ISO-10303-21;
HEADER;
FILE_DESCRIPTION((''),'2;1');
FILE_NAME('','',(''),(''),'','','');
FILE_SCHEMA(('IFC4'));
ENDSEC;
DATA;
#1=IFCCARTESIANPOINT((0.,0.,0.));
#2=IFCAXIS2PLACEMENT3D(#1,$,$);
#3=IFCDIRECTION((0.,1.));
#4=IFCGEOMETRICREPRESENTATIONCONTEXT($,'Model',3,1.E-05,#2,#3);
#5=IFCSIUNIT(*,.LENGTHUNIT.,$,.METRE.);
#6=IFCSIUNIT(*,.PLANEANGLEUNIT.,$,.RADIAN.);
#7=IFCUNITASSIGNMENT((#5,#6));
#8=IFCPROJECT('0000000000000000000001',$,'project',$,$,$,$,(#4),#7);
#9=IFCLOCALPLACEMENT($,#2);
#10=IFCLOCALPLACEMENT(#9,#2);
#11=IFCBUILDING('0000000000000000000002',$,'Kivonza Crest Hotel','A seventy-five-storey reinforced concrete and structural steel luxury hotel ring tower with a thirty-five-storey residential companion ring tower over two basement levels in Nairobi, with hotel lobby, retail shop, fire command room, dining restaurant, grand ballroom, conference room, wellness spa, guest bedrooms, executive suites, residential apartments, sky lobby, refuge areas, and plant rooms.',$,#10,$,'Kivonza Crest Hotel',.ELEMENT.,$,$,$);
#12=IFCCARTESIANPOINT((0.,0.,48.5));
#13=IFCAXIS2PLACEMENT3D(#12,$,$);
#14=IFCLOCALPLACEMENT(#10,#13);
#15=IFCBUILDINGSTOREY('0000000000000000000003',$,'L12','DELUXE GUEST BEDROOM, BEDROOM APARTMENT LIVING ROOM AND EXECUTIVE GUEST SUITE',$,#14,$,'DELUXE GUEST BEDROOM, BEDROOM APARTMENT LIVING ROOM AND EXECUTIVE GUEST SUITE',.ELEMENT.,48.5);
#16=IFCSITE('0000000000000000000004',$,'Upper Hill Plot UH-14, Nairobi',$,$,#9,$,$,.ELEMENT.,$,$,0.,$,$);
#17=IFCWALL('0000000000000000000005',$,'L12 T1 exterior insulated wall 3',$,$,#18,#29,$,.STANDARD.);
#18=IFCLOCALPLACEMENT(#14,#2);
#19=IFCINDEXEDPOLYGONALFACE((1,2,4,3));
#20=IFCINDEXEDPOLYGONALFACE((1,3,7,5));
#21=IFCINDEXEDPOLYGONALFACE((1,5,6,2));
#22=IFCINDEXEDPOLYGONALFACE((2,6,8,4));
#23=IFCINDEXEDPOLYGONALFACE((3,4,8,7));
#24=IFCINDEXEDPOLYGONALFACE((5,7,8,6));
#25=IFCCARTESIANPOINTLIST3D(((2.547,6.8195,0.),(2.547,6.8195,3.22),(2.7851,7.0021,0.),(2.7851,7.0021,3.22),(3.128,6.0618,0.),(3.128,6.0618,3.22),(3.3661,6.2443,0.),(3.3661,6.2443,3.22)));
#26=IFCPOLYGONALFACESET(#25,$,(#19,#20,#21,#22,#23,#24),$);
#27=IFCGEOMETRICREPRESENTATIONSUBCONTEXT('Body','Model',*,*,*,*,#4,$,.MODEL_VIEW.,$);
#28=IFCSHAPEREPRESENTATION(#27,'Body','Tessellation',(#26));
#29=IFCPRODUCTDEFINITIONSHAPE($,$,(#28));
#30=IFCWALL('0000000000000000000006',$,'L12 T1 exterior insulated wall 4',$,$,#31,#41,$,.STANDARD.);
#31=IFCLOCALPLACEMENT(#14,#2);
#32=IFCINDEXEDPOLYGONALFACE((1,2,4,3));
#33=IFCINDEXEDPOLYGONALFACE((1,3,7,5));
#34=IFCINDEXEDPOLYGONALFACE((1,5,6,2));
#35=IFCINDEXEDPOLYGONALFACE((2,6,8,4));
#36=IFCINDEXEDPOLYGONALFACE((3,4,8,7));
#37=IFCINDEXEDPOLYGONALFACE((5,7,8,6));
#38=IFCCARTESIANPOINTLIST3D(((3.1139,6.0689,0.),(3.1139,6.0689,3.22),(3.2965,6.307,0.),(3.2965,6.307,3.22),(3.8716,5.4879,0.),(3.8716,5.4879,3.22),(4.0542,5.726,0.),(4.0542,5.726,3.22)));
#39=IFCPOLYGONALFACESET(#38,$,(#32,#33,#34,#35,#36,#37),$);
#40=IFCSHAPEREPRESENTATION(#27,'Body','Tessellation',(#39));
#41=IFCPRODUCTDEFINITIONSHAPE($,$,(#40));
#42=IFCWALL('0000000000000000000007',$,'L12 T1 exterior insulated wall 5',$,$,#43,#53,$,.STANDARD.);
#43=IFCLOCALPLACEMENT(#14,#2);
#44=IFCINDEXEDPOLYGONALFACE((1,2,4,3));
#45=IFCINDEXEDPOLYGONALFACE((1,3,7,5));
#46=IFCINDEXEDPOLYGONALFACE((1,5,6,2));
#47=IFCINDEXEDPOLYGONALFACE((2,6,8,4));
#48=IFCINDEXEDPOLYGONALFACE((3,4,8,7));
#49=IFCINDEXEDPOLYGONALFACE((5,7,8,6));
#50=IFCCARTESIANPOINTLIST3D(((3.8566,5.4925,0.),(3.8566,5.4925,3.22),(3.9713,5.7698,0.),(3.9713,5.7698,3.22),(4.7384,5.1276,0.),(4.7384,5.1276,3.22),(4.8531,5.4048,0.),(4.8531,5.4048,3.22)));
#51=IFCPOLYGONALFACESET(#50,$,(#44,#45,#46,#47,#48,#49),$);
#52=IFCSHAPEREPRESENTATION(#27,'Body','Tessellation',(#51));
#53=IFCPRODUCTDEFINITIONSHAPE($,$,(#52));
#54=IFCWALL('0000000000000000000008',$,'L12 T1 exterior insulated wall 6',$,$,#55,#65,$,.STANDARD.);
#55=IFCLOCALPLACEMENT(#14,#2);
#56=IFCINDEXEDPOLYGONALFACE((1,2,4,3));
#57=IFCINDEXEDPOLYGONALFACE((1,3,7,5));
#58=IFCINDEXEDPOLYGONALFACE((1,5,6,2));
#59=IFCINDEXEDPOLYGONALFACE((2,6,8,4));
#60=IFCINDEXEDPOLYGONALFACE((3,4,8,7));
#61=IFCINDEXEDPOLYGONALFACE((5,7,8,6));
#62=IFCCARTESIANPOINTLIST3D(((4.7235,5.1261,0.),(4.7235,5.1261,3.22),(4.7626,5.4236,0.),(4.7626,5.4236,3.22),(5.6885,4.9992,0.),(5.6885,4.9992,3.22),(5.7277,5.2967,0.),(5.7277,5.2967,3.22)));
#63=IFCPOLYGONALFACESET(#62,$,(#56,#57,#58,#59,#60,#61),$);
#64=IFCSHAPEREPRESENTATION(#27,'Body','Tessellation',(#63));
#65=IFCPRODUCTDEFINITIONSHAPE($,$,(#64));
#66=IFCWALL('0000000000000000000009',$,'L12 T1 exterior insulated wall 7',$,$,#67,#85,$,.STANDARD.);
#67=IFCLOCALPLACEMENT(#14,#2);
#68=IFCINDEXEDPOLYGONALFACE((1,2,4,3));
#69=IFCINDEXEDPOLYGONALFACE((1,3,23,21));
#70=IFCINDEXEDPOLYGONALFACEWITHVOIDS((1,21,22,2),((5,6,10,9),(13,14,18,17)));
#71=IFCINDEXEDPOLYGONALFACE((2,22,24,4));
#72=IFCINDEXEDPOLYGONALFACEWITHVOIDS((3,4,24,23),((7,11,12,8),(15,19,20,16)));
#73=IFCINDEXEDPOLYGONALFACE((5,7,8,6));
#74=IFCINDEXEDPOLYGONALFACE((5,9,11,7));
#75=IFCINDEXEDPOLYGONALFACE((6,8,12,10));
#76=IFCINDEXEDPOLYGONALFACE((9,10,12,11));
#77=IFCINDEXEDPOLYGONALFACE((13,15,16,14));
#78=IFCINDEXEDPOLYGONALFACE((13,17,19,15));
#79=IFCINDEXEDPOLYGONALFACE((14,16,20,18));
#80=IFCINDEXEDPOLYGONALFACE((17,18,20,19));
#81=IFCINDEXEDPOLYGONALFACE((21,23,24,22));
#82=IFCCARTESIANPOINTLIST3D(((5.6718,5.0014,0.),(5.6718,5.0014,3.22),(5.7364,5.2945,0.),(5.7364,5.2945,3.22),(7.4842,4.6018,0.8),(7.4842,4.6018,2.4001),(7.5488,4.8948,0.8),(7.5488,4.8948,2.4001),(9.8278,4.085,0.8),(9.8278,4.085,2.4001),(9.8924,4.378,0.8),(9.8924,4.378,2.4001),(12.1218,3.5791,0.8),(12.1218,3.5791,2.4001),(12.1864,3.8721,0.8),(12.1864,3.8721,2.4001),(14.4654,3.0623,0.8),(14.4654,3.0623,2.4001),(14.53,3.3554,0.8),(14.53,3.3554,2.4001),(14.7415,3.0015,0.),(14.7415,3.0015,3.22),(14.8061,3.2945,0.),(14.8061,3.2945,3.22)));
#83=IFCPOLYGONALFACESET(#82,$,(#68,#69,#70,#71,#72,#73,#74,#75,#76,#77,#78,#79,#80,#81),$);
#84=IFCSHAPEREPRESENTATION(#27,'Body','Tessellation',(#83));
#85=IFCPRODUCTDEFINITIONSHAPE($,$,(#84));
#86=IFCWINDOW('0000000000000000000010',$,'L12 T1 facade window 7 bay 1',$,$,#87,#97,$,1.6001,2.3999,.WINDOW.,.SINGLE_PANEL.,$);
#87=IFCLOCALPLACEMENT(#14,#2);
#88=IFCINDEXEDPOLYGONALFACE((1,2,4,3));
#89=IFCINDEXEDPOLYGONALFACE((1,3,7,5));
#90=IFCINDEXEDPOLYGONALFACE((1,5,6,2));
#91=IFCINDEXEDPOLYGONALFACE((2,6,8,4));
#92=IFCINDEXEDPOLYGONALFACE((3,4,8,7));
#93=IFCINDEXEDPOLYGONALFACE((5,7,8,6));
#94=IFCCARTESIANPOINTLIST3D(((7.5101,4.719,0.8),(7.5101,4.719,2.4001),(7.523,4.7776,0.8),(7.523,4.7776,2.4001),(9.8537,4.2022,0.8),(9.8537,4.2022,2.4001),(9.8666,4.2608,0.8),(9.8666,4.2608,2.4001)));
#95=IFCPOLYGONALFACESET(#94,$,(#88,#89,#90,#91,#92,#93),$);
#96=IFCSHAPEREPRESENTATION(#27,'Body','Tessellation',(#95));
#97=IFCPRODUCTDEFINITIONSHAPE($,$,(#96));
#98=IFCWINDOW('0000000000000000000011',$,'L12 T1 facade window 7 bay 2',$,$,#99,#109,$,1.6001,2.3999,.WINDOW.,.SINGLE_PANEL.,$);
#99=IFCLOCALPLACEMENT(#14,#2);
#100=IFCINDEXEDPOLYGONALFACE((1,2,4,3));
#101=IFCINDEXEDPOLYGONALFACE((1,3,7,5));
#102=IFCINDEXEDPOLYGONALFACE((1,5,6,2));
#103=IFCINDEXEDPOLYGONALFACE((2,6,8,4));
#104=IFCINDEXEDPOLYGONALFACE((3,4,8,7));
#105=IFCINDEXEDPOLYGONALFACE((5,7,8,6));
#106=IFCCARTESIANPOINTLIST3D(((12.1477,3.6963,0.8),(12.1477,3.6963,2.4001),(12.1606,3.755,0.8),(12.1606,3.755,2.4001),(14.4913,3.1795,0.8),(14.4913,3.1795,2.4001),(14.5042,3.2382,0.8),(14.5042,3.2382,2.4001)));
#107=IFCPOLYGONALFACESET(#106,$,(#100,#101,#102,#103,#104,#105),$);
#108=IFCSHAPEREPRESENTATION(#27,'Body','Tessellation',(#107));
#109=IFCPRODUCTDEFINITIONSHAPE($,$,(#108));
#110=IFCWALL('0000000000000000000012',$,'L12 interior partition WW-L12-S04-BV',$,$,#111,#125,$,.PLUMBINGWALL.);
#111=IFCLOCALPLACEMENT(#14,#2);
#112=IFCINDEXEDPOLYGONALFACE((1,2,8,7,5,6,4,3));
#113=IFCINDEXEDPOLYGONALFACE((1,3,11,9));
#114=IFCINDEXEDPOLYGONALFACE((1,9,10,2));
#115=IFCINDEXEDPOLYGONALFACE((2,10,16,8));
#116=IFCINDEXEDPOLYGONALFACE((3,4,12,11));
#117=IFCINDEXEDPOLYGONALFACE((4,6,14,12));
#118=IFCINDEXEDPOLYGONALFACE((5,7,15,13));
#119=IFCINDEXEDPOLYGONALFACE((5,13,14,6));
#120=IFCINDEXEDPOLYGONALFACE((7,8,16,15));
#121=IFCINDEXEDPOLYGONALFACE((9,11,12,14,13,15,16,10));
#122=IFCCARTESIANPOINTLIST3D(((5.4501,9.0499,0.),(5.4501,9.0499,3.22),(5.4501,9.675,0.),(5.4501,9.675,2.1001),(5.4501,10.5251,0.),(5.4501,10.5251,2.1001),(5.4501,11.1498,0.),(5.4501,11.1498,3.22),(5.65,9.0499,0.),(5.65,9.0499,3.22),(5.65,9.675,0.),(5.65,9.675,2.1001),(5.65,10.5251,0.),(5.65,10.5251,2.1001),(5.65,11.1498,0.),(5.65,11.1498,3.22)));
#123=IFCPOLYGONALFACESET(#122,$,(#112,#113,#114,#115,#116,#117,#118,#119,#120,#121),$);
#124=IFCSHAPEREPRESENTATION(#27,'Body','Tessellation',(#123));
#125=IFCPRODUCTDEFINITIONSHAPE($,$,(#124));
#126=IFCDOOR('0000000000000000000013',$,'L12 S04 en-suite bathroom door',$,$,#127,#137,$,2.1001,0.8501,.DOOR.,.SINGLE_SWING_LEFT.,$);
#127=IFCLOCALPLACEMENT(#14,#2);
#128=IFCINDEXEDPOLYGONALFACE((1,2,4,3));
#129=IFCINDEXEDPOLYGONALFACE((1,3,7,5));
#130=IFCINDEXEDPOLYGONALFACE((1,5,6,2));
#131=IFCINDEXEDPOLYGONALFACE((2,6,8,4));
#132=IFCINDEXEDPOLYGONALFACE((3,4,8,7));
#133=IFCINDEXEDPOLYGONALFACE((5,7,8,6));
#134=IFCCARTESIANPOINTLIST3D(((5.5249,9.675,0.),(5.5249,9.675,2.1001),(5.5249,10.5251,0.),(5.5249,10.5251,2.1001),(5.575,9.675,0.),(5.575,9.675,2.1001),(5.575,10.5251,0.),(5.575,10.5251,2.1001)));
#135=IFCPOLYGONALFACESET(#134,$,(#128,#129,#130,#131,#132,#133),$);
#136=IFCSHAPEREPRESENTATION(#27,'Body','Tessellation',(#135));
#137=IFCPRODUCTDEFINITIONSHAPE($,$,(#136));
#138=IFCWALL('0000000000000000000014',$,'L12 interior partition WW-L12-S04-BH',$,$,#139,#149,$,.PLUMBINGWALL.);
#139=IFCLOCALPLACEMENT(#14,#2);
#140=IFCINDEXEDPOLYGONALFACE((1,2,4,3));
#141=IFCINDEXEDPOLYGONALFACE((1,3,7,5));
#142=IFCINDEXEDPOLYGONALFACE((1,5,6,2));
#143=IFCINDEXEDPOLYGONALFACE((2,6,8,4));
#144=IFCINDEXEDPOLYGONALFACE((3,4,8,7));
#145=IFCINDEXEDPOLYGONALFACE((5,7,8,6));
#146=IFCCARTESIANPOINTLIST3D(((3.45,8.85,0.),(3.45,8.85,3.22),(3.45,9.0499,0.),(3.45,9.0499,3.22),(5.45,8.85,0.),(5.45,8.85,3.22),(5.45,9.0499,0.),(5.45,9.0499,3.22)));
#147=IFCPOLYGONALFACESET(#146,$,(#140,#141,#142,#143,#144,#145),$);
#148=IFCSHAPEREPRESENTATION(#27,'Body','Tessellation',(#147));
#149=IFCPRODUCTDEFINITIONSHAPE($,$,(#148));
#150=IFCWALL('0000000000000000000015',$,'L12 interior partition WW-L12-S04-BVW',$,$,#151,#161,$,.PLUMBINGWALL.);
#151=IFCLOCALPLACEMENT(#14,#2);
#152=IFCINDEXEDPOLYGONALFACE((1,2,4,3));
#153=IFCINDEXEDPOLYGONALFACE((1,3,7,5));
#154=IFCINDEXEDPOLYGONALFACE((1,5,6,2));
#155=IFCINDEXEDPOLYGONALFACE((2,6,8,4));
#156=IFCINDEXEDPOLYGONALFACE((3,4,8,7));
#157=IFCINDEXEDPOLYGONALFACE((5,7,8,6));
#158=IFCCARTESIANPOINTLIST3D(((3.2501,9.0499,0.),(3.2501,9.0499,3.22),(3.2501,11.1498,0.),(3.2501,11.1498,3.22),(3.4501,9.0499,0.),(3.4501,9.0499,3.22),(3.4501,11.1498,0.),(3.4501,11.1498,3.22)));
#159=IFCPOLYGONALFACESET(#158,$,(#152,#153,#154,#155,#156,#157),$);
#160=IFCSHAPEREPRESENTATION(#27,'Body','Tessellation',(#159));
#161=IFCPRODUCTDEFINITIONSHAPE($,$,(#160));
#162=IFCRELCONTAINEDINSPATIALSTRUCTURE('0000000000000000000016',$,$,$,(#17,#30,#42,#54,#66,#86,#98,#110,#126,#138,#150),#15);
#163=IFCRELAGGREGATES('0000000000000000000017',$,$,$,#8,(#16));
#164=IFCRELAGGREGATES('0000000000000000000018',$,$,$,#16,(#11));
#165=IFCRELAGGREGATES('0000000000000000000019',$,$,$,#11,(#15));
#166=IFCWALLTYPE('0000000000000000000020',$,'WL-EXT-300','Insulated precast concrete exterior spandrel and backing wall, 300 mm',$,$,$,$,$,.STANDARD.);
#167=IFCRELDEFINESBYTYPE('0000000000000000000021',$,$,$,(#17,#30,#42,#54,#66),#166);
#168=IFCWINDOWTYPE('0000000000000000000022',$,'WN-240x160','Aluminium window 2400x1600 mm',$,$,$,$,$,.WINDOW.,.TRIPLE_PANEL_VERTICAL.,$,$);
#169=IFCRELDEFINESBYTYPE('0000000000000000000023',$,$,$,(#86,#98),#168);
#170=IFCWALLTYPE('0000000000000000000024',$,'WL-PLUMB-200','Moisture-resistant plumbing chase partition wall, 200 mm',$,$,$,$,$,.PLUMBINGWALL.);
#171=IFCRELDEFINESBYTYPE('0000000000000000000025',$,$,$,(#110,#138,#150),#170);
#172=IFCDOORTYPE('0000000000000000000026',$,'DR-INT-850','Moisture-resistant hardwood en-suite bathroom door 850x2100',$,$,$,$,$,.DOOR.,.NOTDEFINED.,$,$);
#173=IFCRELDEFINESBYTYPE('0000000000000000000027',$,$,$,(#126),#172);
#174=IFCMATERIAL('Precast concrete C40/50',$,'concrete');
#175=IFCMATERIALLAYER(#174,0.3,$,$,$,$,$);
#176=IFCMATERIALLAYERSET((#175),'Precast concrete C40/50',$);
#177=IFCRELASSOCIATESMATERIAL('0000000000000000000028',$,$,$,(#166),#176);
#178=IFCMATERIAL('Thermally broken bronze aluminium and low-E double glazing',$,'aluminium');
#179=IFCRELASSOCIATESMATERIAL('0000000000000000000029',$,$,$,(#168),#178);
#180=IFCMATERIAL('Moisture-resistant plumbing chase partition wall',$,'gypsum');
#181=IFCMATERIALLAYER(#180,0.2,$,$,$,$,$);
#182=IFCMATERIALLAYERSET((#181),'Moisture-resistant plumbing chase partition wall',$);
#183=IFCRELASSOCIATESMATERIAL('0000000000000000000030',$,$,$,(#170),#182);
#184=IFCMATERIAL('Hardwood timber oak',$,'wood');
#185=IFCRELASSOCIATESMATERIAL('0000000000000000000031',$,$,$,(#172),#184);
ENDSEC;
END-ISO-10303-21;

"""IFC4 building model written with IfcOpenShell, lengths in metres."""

from ifc_helpers import new_model, si_unit, direction, frame, frame_2d, origin, place, context, subcontext, project, spatial, rectangle, extrude, material, layer, layer_set, type_object, element, fill, save


model = new_model("IFC4")

# Units and contexts
model_context = context("Model", 3, precision=1e-05, world=origin(), true_north=direction((0.0, 1.0)))
body_context = subcontext(model_context, "Body", "Model", "MODEL_VIEW")
ifc_project = project(units=[si_unit("LENGTHUNIT", "METRE"), si_unit("PLANEANGLEUNIT", "RADIAN")], contexts=[model_context])

# Site, building, storey
site_placement = place(None, origin())
site = spatial("IfcSite", under=ifc_project, at=site_placement, Name="Upper Hill Plot UH-14, Nairobi", CompositionType="ELEMENT", RefElevation=0.0)
building_placement = place(site_placement, origin())
building = spatial("IfcBuilding", under=site, at=building_placement, Name="Kivonza Crest Hotel", Description="A seventy-five-storey reinforced concrete and structural steel luxury hotel ring tower with a thirty-five-storey residential companion ring tower over two basement levels in Nairobi, with hotel lobby, retail shop, fire command room, dining restaurant, grand ballroom, conference room, wellness spa, guest bedrooms, executive suites, residential apartments, sky lobby, refuge areas, and plant rooms.", LongName="Kivonza Crest Hotel", CompositionType="ELEMENT")
storey_placement = place(building_placement, frame((0.0, 0.0, 48.5)))
storey = spatial("IfcBuildingStorey", under=building, at=storey_placement, Name="L12", Description="DELUXE GUEST BEDROOM, BEDROOM APARTMENT LIVING ROOM AND EXECUTIVE GUEST SUITE", LongName="DELUXE GUEST BEDROOM, BEDROOM APARTMENT LIVING ROOM AND EXECUTIVE GUEST SUITE", CompositionType="ELEMENT", Elevation=48.5)

# Shared definitions
ifc_material_1 = material(Name="Hardwood timber oak", Category="wood")

# Walls
ifc_material_2 = material(Name="Precast concrete C40/50", Category="concrete")
ifc_layer_1 = layer(ifc_material_2, 0.3)
ifc_layer_set_1 = layer_set([ifc_layer_1], Name="Precast concrete C40/50")
wall_type_1 = type_object("IfcWallType", Name="WL-EXT-300", Description="Insulated precast concrete exterior spandrel and backing wall, 300 mm", PredefinedType="STANDARD", material=ifc_layer_set_1)
for number, where, z_axis, x_axis, name in (
    (1, (2.666, 6.9109, 0.0), (0.0, 0.0, 1.0), (0.608474, -0.793573, 0.0), "L12 T1 exterior insulated wall 3"),
    (2, (3.2051, 6.188, 0.0), (0.0, 0.0, 1.0), (0.793573, -0.608474, 0.0), "L12 T1 exterior insulated wall 4"),
):
    element("IfcWall", number, at=place(storey_placement, frame(where, z_axis=z_axis, x_axis=x_axis)), inside=storey, type_object=wall_type_1, Name=name, PredefinedType="STANDARD", context=body_context, shape_type="SweptSolid", body=[
        extrude(rectangle(XDim=0.9548, YDim=0.3, at=frame_2d((0.4775, 0.0))), origin(), (0.0, 0.0, 1.0), 3.22),
    ])
wall_1_placement = place(storey_placement, frame((3.9141, 5.6311, 0.0), z_axis=(0.0, 0.0, 1.0), x_axis=(0.923983, -0.382435, 0.0)))
element("IfcWall", 3, at=wall_1_placement, inside=storey, type_object=wall_type_1, Name="L12 T1 exterior insulated wall 5", PredefinedType="STANDARD", context=body_context, shape_type="SweptSolid", body=[
    extrude(rectangle(XDim=0.9543, YDim=0.3, at=frame_2d((0.4771, 0.0))), origin(), (0.0, 0.0, 1.0), 3.22),
])
wall_2_placement = place(storey_placement, frame((4.7429, 5.2749, 0.0), z_axis=(0.0, 0.0, 1.0), x_axis=(0.991459, -0.130422, 0.0)))
element("IfcWall", 4, at=wall_2_placement, inside=storey, type_object=wall_type_1, Name="L12 T1 exterior insulated wall 6", PredefinedType="STANDARD", context=body_context, shape_type="SweptSolid", body=[
    extrude(rectangle(XDim=0.9734, YDim=0.3, at=frame_2d((0.4868, 0.0))), origin(), (0.0, 0.0, 1.0), 3.22),
])

# Wall, openings, windows
wall_3_placement = place(storey_placement, frame((5.7041, 5.1479, 0.0), z_axis=(0.0, 0.0, 1.0), x_axis=(0.97654, -0.215338, 0.0)))
wall_3 = element("IfcWall", 5, at=wall_3_placement, inside=storey, type_object=wall_type_1, Name="L12 T1 exterior insulated wall 7", PredefinedType="STANDARD", context=body_context, shape_type="SweptSolid", body=[
    extrude(rectangle(XDim=9.2876, YDim=0.3, at=frame_2d((4.6438, 0.0))), origin(), (0.0, 0.0, 1.0), 3.22),
])
opening_1_placement = place(wall_3_placement, frame((1.856, 0.0, 0.8)))
opening_1 = element("IfcOpeningElement", 6, at=opening_1_placement, cuts=wall_3, PredefinedType="OPENING", context=body_context, shape_type="SweptSolid", body=[
    extrude(rectangle(XDim=2.3999, YDim=1.6001, at=frame_2d((1.2, 0.8))), frame((0.0, 0.1602, 0.0), z_axis=(0.0, -1.0, 0.0), x_axis=(1.0, 0.0, 0.0)), (0.0, 0.0, 1.0), 0.3201),
])
opening_2_placement = place(wall_3_placement, frame((6.605, 0.0, 0.8)))
opening_2 = element("IfcOpeningElement", 7, at=opening_2_placement, cuts=wall_3, PredefinedType="OPENING", context=body_context, shape_type="SweptSolid", body=[
    extrude(rectangle(XDim=2.3999, YDim=1.6001, at=frame_2d((1.2, 0.8))), frame((0.0, 0.1602, 0.0), z_axis=(0.0, -1.0, 0.0), x_axis=(1.0, 0.0, 0.0)), (0.0, 0.0, 1.0), 0.3201),
])
ifc_material_3 = material(Name="Thermally broken bronze aluminium and low-E double glazing", Category="aluminium")
window_type = type_object("IfcWindowType", Name="WN-240x160", Description="Aluminium window 2400x1600 mm", PartitioningType="TRIPLE_PANEL_VERTICAL", PredefinedType="WINDOW", material=ifc_material_3)
window_1_placement = place(opening_1_placement, origin())
window_1 = element("IfcWindow", 8, at=window_1_placement, inside=storey, type_object=window_type, Name="L12 T1 facade window 7 bay 1", OverallHeight=1.6001, OverallWidth=2.3999, PartitioningType="SINGLE_PANEL", PredefinedType="WINDOW", context=body_context, shape_type="SweptSolid", body=[
    extrude(rectangle(XDim=2.3999, YDim=1.6001, at=frame_2d((1.2, 0.8))), frame((0.0, 0.03, 0.0), z_axis=(0.0, -1.0, 0.0), x_axis=(1.0, 0.0, 0.0)), (0.0, 0.0, 1.0), 0.0601),
])
fill(opening_1, window_1)
window_2_placement = place(opening_2_placement, origin())
window_2 = element("IfcWindow", 9, at=window_2_placement, inside=storey, type_object=window_type, Name="L12 T1 facade window 7 bay 2", OverallHeight=1.6001, OverallWidth=2.3999, PartitioningType="SINGLE_PANEL", PredefinedType="WINDOW", context=body_context, shape_type="SweptSolid", body=[
    extrude(rectangle(XDim=2.3999, YDim=1.6001, at=frame_2d((1.2, 0.8))), frame((0.0, 0.03, 0.0), z_axis=(0.0, -1.0, 0.0), x_axis=(1.0, 0.0, 0.0)), (0.0, 0.0, 1.0), 0.0601),
])
fill(opening_2, window_2)

# Wall, opening, door
ifc_material_4 = material(Name="Moisture-resistant plumbing chase partition wall", Category="gypsum")
ifc_layer_2 = layer(ifc_material_4, 0.2)
ifc_layer_set_2 = layer_set([ifc_layer_2], Name="Moisture-resistant plumbing chase partition wall")
wall_type_2 = type_object("IfcWallType", Name="WL-PLUMB-200", Description="Moisture-resistant plumbing chase partition wall, 200 mm", PredefinedType="PLUMBINGWALL", material=ifc_layer_set_2)
wall_4_placement = place(storey_placement, frame((5.55, 9.05, 0.0), z_axis=(0.0, 0.0, 1.0), x_axis=(0.0, 1.0, 0.0)))
wall_4 = element("IfcWall", 10, at=wall_4_placement, inside=storey, type_object=wall_type_2, Name="L12 interior partition WW-L12-S04-BV", PredefinedType="PLUMBINGWALL", context=body_context, shape_type="SweptSolid", body=[
    extrude(rectangle(XDim=2.0999, YDim=0.2, at=frame_2d((1.0498, 0.0))), origin(), (0.0, 0.0, 1.0), 3.22),
])
opening_3_placement = place(wall_4_placement, frame((0.625, 0.0, 0.0)))
opening_3 = element("IfcOpeningElement", 11, at=opening_3_placement, cuts=wall_4, PredefinedType="OPENING", context=body_context, shape_type="SweptSolid", body=[
    extrude(rectangle(XDim=0.8501, YDim=2.1001, at=frame_2d((0.425, 1.05))), frame((0.0, 0.1099, 0.0), z_axis=(0.0, -1.0, 0.0), x_axis=(1.0, 0.0, 0.0)), (0.0, 0.0, 1.0), 0.22),
])
door_type_1 = type_object("IfcDoorType", Name="DR-INT-850", Description="Moisture-resistant hardwood en-suite bathroom door 850x2100", OperationType="NOTDEFINED", PredefinedType="DOOR", material=ifc_material_1)
door_1_placement = place(opening_3_placement, frame((0.8501, 0.0, 0.0), z_axis=(0.0, 0.0, 1.0), x_axis=(-1.0, 0.0, 0.0)))
door_1 = element("IfcDoor", 12, at=door_1_placement, inside=storey, type_object=door_type_1, Name="L12 S04 en-suite bathroom door", OperationType="SINGLE_SWING_LEFT", OverallHeight=2.1001, OverallWidth=0.8501, PredefinedType="DOOR", context=body_context, shape_type="SweptSolid", body=[
    extrude(rectangle(XDim=0.8501, YDim=2.1001, at=frame_2d((0.425, 1.05))), frame((0.0, 0.0249, 0.0), z_axis=(0.0, -1.0, 0.0), x_axis=(1.0, 0.0, 0.0)), (0.0, 0.0, 1.0), 0.05),
])
fill(opening_3, door_1)

# Walls
wall_5_placement = place(storey_placement, frame((3.45, 8.95, 0.0), z_axis=(0.0, 0.0, 1.0), x_axis=(1.0, 0.0, 0.0)))
element("IfcWall", 13, at=wall_5_placement, inside=storey, type_object=wall_type_2, Name="L12 interior partition WW-L12-S04-BH", PredefinedType="PLUMBINGWALL", context=body_context, shape_type="SweptSolid", body=[
    extrude(rectangle(XDim=2.0, YDim=0.2, at=frame_2d((1.0, 0.0))), origin(), (0.0, 0.0, 1.0), 3.22),
])
wall_6_placement = place(storey_placement, frame((3.3501, 9.05, 0.0), z_axis=(0.0, 0.0, 1.0), x_axis=(0.0, 1.0, 0.0)))
element("IfcWall", 14, at=wall_6_placement, inside=storey, type_object=wall_type_2, Name="L12 interior partition WW-L12-S04-BVW", PredefinedType="PLUMBINGWALL", context=body_context, shape_type="SweptSolid", body=[
    extrude(rectangle(XDim=2.0999, YDim=0.2, at=frame_2d((1.0498, 0.0))), origin(), (0.0, 0.0, 1.0), 3.22),
])

save(model, "model.ifc")
